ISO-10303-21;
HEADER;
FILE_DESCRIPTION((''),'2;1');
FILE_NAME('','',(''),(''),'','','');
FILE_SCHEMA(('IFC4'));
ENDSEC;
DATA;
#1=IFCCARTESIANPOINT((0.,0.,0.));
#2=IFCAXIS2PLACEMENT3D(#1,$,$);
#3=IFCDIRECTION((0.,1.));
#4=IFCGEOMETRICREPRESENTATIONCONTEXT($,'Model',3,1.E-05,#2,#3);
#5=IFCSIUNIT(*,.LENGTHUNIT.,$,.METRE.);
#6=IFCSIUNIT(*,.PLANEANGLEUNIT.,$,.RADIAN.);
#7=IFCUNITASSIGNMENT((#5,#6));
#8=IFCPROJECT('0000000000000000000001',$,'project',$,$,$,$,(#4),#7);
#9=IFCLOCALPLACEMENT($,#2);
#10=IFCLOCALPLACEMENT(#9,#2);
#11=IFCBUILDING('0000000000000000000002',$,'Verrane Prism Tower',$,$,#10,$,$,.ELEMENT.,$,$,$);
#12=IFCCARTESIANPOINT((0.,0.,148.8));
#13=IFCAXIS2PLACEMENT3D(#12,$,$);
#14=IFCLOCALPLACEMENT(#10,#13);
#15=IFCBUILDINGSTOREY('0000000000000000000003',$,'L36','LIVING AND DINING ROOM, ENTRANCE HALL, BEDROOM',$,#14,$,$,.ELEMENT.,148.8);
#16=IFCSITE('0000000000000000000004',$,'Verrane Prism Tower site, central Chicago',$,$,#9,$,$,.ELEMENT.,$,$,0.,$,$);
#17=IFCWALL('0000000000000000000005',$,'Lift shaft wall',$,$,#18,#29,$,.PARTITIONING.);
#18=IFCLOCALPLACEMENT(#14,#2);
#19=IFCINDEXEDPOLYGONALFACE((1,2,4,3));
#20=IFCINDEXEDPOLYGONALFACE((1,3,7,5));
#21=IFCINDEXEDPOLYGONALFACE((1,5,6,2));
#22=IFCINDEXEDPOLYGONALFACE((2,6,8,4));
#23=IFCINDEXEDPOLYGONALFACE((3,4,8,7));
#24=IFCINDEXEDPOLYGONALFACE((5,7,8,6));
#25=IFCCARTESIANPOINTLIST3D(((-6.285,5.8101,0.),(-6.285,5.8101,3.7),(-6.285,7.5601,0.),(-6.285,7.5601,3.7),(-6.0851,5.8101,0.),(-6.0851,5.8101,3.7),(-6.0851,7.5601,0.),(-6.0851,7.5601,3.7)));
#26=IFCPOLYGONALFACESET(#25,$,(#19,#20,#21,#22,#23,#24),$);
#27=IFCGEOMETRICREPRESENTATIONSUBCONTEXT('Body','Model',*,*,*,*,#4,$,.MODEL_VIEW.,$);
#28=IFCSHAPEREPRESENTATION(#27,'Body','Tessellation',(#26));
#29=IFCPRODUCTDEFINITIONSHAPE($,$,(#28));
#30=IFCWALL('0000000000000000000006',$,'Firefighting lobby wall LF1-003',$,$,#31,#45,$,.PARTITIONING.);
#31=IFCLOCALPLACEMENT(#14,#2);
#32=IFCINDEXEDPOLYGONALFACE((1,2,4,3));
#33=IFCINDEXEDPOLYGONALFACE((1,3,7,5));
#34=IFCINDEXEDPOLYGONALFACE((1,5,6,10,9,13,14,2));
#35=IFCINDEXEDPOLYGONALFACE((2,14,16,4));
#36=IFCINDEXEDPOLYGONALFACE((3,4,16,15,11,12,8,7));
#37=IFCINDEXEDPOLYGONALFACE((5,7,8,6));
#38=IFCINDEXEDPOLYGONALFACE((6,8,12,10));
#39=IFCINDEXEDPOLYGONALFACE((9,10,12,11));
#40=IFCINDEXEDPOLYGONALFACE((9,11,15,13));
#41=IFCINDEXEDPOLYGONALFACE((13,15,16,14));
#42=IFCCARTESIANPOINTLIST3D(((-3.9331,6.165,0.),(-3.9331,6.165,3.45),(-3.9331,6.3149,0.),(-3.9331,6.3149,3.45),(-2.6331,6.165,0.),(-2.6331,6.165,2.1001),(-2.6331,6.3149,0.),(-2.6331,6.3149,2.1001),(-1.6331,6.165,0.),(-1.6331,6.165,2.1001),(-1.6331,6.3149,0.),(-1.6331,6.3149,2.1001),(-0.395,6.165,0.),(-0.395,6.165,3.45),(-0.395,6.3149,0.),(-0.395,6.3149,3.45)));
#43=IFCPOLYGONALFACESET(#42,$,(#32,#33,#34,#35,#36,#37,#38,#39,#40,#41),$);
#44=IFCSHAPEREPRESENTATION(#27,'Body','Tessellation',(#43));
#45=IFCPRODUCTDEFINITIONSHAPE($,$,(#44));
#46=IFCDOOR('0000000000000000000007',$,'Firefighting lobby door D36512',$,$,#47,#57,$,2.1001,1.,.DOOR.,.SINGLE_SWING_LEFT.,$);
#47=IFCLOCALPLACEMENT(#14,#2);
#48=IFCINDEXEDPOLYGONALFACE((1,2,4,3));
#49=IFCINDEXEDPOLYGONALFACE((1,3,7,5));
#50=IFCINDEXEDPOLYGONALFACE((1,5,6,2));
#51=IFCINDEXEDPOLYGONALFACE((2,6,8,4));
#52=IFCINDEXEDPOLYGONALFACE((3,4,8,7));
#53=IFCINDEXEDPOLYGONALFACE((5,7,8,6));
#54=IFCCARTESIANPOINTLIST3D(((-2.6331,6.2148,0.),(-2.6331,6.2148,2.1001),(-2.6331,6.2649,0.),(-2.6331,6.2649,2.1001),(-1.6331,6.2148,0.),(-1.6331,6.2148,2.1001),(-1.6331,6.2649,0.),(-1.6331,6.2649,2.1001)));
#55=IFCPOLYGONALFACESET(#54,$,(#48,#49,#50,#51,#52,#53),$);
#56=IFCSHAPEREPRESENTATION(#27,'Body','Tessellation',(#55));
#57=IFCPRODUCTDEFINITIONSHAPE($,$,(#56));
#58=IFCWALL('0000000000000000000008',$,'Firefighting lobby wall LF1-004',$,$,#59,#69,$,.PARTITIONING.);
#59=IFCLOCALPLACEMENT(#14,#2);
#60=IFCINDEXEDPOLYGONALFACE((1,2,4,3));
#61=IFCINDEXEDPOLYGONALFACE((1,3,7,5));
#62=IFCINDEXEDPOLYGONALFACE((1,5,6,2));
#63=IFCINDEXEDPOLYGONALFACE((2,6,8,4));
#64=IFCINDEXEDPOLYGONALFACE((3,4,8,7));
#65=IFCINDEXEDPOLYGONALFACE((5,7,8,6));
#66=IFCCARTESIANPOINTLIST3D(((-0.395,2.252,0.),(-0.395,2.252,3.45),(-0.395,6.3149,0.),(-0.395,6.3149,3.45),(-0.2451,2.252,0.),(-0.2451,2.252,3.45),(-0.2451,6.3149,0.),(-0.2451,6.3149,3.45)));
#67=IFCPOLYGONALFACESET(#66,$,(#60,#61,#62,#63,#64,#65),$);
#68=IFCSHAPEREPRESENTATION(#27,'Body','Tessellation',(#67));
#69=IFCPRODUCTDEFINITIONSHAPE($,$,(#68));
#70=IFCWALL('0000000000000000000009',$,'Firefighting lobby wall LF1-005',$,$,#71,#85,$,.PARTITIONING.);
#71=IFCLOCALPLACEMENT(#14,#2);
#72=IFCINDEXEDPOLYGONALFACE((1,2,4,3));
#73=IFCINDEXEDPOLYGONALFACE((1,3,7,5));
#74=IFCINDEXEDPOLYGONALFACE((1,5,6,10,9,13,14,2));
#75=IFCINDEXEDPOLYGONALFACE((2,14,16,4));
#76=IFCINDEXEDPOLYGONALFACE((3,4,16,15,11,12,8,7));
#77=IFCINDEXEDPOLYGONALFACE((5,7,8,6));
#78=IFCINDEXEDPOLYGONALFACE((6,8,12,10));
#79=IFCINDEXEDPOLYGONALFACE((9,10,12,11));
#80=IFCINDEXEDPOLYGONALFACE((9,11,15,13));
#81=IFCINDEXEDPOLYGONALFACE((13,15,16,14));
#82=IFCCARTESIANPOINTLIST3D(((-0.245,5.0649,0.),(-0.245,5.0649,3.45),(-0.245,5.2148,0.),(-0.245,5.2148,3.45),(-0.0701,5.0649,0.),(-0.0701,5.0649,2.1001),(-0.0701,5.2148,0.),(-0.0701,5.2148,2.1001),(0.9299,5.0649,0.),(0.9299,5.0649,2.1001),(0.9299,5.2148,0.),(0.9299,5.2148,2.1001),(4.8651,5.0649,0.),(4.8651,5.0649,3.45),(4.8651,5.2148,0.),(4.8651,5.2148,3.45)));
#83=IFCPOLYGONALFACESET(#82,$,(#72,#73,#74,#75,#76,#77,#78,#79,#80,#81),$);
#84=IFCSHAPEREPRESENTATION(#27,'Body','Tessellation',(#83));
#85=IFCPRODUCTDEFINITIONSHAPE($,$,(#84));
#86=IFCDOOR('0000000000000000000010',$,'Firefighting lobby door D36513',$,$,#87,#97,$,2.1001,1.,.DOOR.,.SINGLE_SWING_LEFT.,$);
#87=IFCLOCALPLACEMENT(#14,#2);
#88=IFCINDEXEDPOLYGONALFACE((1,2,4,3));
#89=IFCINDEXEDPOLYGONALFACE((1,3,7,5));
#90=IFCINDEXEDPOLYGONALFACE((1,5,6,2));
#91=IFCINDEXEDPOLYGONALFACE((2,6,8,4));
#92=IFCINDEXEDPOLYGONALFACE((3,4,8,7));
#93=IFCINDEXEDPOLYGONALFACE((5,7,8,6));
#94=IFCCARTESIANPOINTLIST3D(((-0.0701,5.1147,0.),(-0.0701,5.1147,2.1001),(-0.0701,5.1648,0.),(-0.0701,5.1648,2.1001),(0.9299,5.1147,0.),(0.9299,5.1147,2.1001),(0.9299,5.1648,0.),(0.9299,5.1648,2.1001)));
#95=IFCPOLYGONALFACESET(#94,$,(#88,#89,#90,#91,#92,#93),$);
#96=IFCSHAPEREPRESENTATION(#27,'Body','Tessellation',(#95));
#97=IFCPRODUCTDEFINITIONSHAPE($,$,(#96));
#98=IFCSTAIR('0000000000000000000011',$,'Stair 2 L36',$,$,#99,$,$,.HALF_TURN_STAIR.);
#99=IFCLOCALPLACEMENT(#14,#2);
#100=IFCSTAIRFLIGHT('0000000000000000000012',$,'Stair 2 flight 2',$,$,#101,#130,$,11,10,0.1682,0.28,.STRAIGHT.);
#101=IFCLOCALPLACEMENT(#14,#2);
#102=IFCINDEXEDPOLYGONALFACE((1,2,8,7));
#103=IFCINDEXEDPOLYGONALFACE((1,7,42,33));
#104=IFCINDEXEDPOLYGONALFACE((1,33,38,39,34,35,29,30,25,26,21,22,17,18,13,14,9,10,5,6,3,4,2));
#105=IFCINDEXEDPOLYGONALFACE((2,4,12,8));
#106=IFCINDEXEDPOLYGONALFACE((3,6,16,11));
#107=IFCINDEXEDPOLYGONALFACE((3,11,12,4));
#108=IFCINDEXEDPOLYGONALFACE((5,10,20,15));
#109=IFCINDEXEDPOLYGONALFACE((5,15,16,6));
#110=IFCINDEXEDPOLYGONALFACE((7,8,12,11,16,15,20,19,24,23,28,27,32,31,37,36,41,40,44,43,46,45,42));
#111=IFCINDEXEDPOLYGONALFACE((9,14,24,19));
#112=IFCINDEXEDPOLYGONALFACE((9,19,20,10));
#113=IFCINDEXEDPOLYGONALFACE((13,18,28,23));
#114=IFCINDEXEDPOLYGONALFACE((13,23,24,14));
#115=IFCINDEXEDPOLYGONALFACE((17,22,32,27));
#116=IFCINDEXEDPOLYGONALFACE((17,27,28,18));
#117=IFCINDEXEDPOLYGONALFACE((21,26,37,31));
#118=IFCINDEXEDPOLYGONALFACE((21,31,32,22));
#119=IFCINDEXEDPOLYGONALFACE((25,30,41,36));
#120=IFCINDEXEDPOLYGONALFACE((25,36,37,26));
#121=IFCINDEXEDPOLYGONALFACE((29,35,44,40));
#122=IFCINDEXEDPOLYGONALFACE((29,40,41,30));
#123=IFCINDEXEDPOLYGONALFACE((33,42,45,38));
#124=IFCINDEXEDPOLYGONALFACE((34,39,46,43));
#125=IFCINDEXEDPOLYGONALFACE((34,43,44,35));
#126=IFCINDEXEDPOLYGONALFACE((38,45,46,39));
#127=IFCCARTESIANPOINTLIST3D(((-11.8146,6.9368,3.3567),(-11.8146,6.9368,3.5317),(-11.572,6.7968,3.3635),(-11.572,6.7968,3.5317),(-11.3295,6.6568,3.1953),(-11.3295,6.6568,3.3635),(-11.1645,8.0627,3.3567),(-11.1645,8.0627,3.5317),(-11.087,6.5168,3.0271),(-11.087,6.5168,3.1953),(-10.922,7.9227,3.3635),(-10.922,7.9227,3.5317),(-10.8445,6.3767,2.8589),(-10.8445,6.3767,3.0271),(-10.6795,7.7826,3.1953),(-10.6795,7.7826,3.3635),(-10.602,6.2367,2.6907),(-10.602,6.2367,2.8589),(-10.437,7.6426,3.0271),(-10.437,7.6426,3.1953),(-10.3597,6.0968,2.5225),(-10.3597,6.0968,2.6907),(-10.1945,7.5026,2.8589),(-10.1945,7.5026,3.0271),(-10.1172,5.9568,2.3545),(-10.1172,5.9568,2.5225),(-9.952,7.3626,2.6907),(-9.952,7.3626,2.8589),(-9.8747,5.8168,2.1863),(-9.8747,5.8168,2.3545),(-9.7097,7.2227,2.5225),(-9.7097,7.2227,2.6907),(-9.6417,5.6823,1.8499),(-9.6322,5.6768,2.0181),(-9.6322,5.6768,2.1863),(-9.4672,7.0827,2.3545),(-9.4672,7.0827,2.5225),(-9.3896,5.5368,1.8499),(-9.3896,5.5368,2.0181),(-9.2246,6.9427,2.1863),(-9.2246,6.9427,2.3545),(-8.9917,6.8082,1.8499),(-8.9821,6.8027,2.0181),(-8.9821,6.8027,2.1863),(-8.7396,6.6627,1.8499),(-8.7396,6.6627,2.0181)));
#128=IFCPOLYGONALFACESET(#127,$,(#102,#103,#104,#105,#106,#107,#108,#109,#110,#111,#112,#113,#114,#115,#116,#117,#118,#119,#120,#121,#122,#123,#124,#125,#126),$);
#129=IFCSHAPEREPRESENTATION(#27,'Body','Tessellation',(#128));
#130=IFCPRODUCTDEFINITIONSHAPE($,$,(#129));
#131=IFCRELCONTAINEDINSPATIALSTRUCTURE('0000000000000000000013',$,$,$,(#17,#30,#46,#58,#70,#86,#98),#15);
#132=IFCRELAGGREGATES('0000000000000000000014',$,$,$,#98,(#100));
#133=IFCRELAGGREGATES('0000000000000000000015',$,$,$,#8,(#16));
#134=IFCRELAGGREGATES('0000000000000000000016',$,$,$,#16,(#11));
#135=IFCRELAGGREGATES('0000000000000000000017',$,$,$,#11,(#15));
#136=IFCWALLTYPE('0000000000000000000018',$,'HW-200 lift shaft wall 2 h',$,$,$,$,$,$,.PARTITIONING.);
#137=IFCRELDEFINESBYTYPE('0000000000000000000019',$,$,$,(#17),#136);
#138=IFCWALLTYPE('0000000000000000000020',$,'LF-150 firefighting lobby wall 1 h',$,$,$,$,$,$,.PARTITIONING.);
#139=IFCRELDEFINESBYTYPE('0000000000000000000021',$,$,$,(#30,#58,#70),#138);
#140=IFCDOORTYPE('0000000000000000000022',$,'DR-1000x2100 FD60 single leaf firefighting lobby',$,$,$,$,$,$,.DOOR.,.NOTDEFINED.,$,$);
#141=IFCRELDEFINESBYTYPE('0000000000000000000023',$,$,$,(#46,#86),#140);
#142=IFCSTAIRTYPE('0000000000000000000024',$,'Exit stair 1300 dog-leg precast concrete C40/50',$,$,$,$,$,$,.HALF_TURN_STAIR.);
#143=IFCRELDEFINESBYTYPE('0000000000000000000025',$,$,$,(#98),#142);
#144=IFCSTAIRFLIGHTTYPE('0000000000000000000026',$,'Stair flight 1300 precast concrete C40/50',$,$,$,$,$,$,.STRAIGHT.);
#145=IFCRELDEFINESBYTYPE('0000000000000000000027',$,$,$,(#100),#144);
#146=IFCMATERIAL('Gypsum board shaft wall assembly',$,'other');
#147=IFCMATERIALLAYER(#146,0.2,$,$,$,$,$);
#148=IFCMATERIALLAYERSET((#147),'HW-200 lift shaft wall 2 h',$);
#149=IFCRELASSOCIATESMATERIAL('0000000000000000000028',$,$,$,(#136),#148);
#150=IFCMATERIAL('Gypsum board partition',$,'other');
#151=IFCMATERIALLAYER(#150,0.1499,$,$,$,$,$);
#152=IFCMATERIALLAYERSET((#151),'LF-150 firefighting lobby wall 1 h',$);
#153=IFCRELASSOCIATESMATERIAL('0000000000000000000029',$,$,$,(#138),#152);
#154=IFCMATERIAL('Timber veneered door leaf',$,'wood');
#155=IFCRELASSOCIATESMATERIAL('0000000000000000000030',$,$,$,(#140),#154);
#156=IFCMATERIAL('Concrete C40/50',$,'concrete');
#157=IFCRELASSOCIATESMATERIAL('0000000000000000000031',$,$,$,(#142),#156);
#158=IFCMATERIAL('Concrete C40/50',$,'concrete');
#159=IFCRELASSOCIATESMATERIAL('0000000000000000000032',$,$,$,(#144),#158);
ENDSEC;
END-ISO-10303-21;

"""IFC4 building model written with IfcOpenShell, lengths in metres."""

from ifc_helpers import new_model, si_unit, direction, frame, frame_2d, origin, place, context, subcontext, project, spatial, polyline, rectangle, outline, extrude, material, layer, layer_set, type_object, element, fill, aggregate, save


model = new_model("IFC4")

# Units and contexts
model_context = context("Model", 3, precision=1e-05, world=origin(), true_north=direction((0.0, 1.0)))
body_context = subcontext(model_context, "Body", "Model", "MODEL_VIEW")
ifc_project = project(units=[si_unit("LENGTHUNIT", "METRE"), si_unit("PLANEANGLEUNIT", "RADIAN")], contexts=[model_context])

# Site, building, storey
site_placement = place(None, origin())
site = spatial("IfcSite", under=ifc_project, at=site_placement, Name="Verrane Prism Tower site, central Chicago", CompositionType="ELEMENT", RefElevation=0.0)
building_placement = place(site_placement, origin())
building = spatial("IfcBuilding", under=site, at=building_placement, Name="Verrane Prism Tower", CompositionType="ELEMENT")
storey_placement = place(building_placement, frame((0.0, 0.0, 148.8)))
storey = spatial("IfcBuildingStorey", under=building, at=storey_placement, Name="L36", Description="LIVING AND DINING ROOM, ENTRANCE HALL, BEDROOM", CompositionType="ELEMENT", Elevation=148.8)

# Wall
ifc_material_1 = material(Name="Gypsum board shaft wall assembly", Category="other")
ifc_layer_1 = layer(ifc_material_1, 0.2)
ifc_layer_set_1 = layer_set([ifc_layer_1], Name="HW-200 lift shaft wall 2 h")
wall_type_1 = type_object("IfcWallType", Name="HW-200 lift shaft wall 2 h", PredefinedType="PARTITIONING", material=ifc_layer_set_1)
for number, where, z_axis, x_axis, name in (
    (1, (-6.1851, 5.8101, 0.0), (0.0, 0.0, 1.0), (0.0, 1.0, 0.0), "Lift shaft wall"),
):
    element("IfcWall", number, at=place(storey_placement, frame(where, z_axis=z_axis, x_axis=x_axis)), inside=storey, type_object=wall_type_1, Name=name, PredefinedType="PARTITIONING", context=body_context, shape_type="SweptSolid", body=[
        extrude(rectangle(XDim=1.75, YDim=0.2, at=frame_2d((0.875, 0.0))), origin(), (0.0, 0.0, 1.0), 3.7),
    ])

# Wall, opening, door
ifc_material_2 = material(Name="Gypsum board partition", Category="other")
ifc_layer_2 = layer(ifc_material_2, 0.1499)
ifc_layer_set_2 = layer_set([ifc_layer_2], Name="LF-150 firefighting lobby wall 1 h")
wall_type_2 = type_object("IfcWallType", Name="LF-150 firefighting lobby wall 1 h", PredefinedType="PARTITIONING", material=ifc_layer_set_2)
wall_1_placement = place(storey_placement, frame((-3.9331, 6.24, 0.0), z_axis=(0.0, 0.0, 1.0), x_axis=(1.0, 0.0, 0.0)))
wall_1 = element("IfcWall", 2, at=wall_1_placement, inside=storey, type_object=wall_type_2, Name="Firefighting lobby wall LF1-003", PredefinedType="PARTITIONING", context=body_context, shape_type="SweptSolid", body=[
    extrude(rectangle(XDim=3.5381, YDim=0.1499, at=frame_2d((1.769, 0.0))), origin(), (0.0, 0.0, 1.0), 3.45),
])
opening_1_placement = place(wall_1_placement, frame((1.3, 0.0, 0.0)))
opening_1 = element("IfcOpeningElement", 3, at=opening_1_placement, cuts=wall_1, PredefinedType="OPENING", context=body_context, shape_type="SweptSolid", body=[
    extrude(rectangle(XDim=1.0, YDim=2.1001, at=frame_2d((0.5, 1.05))), frame((0.0, 0.085, 0.0), z_axis=(0.0, -1.0, 0.0), x_axis=(1.0, 0.0, 0.0)), (0.0, 0.0, 1.0), 0.1699),
])
ifc_material_3 = material(Name="Timber veneered door leaf", Category="wood")
door_type_1 = type_object("IfcDoorType", Name="DR-1000x2100 FD60 single leaf firefighting lobby", OperationType="NOTDEFINED", PredefinedType="DOOR", material=ifc_material_3)
door_1_placement = place(opening_1_placement, origin())
door_1 = element("IfcDoor", 4, at=door_1_placement, inside=storey, type_object=door_type_1, Name="Firefighting lobby door D36512", OperationType="SINGLE_SWING_LEFT", OverallHeight=2.1001, OverallWidth=1.0, PredefinedType="DOOR", context=body_context, shape_type="SweptSolid", body=[
    extrude(rectangle(XDim=1.0, YDim=2.1001, at=frame_2d((0.5, 1.05))), frame((0.0, 0.0249, 0.0), z_axis=(0.0, -1.0, 0.0), x_axis=(1.0, 0.0, 0.0)), (0.0, 0.0, 1.0), 0.05),
])
fill(opening_1, door_1)

# Wall
wall_2_placement = place(storey_placement, frame((-0.3201, 2.252, 0.0), z_axis=(0.0, 0.0, 1.0), x_axis=(0.0, 1.0, 0.0)))
element("IfcWall", 5, at=wall_2_placement, inside=storey, type_object=wall_type_2, Name="Firefighting lobby wall LF1-004", PredefinedType="PARTITIONING", context=body_context, shape_type="SweptSolid", body=[
    extrude(rectangle(XDim=4.063, YDim=0.1499, at=frame_2d((2.0315, 0.0))), origin(), (0.0, 0.0, 1.0), 3.45),
])

# Wall, opening, door
wall_3_placement = place(storey_placement, frame((-0.2451, 5.1399, 0.0), z_axis=(0.0, 0.0, 1.0), x_axis=(1.0, 0.0, 0.0)))
wall_3 = element("IfcWall", 6, at=wall_3_placement, inside=storey, type_object=wall_type_2, Name="Firefighting lobby wall LF1-005", PredefinedType="PARTITIONING", context=body_context, shape_type="SweptSolid", body=[
    extrude(rectangle(XDim=5.1101, YDim=0.1499, at=frame_2d((2.5552, 0.0))), origin(), (0.0, 0.0, 1.0), 3.45),
])
opening_2_placement = place(wall_3_placement, frame((0.175, 0.0, 0.0)))
opening_2 = element("IfcOpeningElement", 7, at=opening_2_placement, cuts=wall_3, PredefinedType="OPENING", context=body_context, shape_type="SweptSolid", body=[
    extrude(rectangle(XDim=1.0, YDim=2.1001, at=frame_2d((0.5, 1.05))), frame((0.0, 0.085, 0.0), z_axis=(0.0, -1.0, 0.0), x_axis=(1.0, 0.0, 0.0)), (0.0, 0.0, 1.0), 0.1699),
])
door_2_placement = place(opening_2_placement, origin())
door_2 = element("IfcDoor", 8, at=door_2_placement, inside=storey, type_object=door_type_1, Name="Firefighting lobby door D36513", OperationType="SINGLE_SWING_LEFT", OverallHeight=2.1001, OverallWidth=1.0, PredefinedType="DOOR", context=body_context, shape_type="SweptSolid", body=[
    extrude(rectangle(XDim=1.0, YDim=2.1001, at=frame_2d((0.5, 1.05))), frame((0.0, 0.0249, 0.0), z_axis=(0.0, -1.0, 0.0), x_axis=(1.0, 0.0, 0.0)), (0.0, 0.0, 1.0), 0.05),
])
fill(opening_2, door_2)

# Stair, stair flight
ifc_material_4 = material(Name="Concrete C40/50", Category="concrete")
stair_type = type_object("IfcStairType", Name="Exit stair 1300 dog-leg precast concrete C40/50", PredefinedType="HALF_TURN_STAIR", material=ifc_material_4)
stair_placement = place(storey_placement, origin())
stair = element("IfcStair", 9, at=stair_placement, inside=storey, type_object=stair_type, Name="Stair 2 L36", PredefinedType="HALF_TURN_STAIR")
ifc_material_5 = material(Name="Concrete C40/50", Category="concrete")
stair_flight_type = type_object("IfcStairFlightType", Name="Stair flight 1300 precast concrete C40/50", PredefinedType="STRAIGHT", material=ifc_material_5)
stair_flight_placement = place(storey_placement, frame((-9.0647, 6.0996, 1.8499), z_axis=(0.0, 0.0, 1.0), x_axis=(-0.866025, 0.5, 0.0)))
stair_flight = element("IfcStairFlight", 10, at=stair_flight_placement, type_object=stair_flight_type, Name="Stair 2 flight 2", NumberOfRisers=11, NumberOfTreads=10, PredefinedType="STRAIGHT", RiserHeight=0.1682, TreadLength=0.28, context=body_context, shape_type="SweptSolid", body=[
    extrude(outline(polyline([(0.0, 0.0), (0.0, 0.1682), (0.28, 0.1682), (0.28, 0.3364), (0.5601, 0.3364), (0.5601, 0.5046), (0.8401, 0.5046), (0.8401, 0.6726), (1.1201, 0.6726), (1.1201, 0.8408), (1.3999, 0.8408), (1.3999, 1.009), (1.6799, 1.009), (1.6799, 1.1772), (1.96, 1.1772), (1.96, 1.3455), (2.24, 1.3455), (2.24, 1.5137), (2.52, 1.5137), (2.52, 1.6819), (2.8, 1.6819), (2.8, 1.8501), (2.8, 1.5068), (0.291, 0.0), (0.0, 0.0)])), frame((0.0, 0.6499, 0.0), z_axis=(0.0, -1.0, 0.0), x_axis=(1.0, 0.0, 0.0)), (0.0, 0.0, 1.0), 1.3),
])
aggregate(stair, [stair_flight])

save(model, "model.ifc")
